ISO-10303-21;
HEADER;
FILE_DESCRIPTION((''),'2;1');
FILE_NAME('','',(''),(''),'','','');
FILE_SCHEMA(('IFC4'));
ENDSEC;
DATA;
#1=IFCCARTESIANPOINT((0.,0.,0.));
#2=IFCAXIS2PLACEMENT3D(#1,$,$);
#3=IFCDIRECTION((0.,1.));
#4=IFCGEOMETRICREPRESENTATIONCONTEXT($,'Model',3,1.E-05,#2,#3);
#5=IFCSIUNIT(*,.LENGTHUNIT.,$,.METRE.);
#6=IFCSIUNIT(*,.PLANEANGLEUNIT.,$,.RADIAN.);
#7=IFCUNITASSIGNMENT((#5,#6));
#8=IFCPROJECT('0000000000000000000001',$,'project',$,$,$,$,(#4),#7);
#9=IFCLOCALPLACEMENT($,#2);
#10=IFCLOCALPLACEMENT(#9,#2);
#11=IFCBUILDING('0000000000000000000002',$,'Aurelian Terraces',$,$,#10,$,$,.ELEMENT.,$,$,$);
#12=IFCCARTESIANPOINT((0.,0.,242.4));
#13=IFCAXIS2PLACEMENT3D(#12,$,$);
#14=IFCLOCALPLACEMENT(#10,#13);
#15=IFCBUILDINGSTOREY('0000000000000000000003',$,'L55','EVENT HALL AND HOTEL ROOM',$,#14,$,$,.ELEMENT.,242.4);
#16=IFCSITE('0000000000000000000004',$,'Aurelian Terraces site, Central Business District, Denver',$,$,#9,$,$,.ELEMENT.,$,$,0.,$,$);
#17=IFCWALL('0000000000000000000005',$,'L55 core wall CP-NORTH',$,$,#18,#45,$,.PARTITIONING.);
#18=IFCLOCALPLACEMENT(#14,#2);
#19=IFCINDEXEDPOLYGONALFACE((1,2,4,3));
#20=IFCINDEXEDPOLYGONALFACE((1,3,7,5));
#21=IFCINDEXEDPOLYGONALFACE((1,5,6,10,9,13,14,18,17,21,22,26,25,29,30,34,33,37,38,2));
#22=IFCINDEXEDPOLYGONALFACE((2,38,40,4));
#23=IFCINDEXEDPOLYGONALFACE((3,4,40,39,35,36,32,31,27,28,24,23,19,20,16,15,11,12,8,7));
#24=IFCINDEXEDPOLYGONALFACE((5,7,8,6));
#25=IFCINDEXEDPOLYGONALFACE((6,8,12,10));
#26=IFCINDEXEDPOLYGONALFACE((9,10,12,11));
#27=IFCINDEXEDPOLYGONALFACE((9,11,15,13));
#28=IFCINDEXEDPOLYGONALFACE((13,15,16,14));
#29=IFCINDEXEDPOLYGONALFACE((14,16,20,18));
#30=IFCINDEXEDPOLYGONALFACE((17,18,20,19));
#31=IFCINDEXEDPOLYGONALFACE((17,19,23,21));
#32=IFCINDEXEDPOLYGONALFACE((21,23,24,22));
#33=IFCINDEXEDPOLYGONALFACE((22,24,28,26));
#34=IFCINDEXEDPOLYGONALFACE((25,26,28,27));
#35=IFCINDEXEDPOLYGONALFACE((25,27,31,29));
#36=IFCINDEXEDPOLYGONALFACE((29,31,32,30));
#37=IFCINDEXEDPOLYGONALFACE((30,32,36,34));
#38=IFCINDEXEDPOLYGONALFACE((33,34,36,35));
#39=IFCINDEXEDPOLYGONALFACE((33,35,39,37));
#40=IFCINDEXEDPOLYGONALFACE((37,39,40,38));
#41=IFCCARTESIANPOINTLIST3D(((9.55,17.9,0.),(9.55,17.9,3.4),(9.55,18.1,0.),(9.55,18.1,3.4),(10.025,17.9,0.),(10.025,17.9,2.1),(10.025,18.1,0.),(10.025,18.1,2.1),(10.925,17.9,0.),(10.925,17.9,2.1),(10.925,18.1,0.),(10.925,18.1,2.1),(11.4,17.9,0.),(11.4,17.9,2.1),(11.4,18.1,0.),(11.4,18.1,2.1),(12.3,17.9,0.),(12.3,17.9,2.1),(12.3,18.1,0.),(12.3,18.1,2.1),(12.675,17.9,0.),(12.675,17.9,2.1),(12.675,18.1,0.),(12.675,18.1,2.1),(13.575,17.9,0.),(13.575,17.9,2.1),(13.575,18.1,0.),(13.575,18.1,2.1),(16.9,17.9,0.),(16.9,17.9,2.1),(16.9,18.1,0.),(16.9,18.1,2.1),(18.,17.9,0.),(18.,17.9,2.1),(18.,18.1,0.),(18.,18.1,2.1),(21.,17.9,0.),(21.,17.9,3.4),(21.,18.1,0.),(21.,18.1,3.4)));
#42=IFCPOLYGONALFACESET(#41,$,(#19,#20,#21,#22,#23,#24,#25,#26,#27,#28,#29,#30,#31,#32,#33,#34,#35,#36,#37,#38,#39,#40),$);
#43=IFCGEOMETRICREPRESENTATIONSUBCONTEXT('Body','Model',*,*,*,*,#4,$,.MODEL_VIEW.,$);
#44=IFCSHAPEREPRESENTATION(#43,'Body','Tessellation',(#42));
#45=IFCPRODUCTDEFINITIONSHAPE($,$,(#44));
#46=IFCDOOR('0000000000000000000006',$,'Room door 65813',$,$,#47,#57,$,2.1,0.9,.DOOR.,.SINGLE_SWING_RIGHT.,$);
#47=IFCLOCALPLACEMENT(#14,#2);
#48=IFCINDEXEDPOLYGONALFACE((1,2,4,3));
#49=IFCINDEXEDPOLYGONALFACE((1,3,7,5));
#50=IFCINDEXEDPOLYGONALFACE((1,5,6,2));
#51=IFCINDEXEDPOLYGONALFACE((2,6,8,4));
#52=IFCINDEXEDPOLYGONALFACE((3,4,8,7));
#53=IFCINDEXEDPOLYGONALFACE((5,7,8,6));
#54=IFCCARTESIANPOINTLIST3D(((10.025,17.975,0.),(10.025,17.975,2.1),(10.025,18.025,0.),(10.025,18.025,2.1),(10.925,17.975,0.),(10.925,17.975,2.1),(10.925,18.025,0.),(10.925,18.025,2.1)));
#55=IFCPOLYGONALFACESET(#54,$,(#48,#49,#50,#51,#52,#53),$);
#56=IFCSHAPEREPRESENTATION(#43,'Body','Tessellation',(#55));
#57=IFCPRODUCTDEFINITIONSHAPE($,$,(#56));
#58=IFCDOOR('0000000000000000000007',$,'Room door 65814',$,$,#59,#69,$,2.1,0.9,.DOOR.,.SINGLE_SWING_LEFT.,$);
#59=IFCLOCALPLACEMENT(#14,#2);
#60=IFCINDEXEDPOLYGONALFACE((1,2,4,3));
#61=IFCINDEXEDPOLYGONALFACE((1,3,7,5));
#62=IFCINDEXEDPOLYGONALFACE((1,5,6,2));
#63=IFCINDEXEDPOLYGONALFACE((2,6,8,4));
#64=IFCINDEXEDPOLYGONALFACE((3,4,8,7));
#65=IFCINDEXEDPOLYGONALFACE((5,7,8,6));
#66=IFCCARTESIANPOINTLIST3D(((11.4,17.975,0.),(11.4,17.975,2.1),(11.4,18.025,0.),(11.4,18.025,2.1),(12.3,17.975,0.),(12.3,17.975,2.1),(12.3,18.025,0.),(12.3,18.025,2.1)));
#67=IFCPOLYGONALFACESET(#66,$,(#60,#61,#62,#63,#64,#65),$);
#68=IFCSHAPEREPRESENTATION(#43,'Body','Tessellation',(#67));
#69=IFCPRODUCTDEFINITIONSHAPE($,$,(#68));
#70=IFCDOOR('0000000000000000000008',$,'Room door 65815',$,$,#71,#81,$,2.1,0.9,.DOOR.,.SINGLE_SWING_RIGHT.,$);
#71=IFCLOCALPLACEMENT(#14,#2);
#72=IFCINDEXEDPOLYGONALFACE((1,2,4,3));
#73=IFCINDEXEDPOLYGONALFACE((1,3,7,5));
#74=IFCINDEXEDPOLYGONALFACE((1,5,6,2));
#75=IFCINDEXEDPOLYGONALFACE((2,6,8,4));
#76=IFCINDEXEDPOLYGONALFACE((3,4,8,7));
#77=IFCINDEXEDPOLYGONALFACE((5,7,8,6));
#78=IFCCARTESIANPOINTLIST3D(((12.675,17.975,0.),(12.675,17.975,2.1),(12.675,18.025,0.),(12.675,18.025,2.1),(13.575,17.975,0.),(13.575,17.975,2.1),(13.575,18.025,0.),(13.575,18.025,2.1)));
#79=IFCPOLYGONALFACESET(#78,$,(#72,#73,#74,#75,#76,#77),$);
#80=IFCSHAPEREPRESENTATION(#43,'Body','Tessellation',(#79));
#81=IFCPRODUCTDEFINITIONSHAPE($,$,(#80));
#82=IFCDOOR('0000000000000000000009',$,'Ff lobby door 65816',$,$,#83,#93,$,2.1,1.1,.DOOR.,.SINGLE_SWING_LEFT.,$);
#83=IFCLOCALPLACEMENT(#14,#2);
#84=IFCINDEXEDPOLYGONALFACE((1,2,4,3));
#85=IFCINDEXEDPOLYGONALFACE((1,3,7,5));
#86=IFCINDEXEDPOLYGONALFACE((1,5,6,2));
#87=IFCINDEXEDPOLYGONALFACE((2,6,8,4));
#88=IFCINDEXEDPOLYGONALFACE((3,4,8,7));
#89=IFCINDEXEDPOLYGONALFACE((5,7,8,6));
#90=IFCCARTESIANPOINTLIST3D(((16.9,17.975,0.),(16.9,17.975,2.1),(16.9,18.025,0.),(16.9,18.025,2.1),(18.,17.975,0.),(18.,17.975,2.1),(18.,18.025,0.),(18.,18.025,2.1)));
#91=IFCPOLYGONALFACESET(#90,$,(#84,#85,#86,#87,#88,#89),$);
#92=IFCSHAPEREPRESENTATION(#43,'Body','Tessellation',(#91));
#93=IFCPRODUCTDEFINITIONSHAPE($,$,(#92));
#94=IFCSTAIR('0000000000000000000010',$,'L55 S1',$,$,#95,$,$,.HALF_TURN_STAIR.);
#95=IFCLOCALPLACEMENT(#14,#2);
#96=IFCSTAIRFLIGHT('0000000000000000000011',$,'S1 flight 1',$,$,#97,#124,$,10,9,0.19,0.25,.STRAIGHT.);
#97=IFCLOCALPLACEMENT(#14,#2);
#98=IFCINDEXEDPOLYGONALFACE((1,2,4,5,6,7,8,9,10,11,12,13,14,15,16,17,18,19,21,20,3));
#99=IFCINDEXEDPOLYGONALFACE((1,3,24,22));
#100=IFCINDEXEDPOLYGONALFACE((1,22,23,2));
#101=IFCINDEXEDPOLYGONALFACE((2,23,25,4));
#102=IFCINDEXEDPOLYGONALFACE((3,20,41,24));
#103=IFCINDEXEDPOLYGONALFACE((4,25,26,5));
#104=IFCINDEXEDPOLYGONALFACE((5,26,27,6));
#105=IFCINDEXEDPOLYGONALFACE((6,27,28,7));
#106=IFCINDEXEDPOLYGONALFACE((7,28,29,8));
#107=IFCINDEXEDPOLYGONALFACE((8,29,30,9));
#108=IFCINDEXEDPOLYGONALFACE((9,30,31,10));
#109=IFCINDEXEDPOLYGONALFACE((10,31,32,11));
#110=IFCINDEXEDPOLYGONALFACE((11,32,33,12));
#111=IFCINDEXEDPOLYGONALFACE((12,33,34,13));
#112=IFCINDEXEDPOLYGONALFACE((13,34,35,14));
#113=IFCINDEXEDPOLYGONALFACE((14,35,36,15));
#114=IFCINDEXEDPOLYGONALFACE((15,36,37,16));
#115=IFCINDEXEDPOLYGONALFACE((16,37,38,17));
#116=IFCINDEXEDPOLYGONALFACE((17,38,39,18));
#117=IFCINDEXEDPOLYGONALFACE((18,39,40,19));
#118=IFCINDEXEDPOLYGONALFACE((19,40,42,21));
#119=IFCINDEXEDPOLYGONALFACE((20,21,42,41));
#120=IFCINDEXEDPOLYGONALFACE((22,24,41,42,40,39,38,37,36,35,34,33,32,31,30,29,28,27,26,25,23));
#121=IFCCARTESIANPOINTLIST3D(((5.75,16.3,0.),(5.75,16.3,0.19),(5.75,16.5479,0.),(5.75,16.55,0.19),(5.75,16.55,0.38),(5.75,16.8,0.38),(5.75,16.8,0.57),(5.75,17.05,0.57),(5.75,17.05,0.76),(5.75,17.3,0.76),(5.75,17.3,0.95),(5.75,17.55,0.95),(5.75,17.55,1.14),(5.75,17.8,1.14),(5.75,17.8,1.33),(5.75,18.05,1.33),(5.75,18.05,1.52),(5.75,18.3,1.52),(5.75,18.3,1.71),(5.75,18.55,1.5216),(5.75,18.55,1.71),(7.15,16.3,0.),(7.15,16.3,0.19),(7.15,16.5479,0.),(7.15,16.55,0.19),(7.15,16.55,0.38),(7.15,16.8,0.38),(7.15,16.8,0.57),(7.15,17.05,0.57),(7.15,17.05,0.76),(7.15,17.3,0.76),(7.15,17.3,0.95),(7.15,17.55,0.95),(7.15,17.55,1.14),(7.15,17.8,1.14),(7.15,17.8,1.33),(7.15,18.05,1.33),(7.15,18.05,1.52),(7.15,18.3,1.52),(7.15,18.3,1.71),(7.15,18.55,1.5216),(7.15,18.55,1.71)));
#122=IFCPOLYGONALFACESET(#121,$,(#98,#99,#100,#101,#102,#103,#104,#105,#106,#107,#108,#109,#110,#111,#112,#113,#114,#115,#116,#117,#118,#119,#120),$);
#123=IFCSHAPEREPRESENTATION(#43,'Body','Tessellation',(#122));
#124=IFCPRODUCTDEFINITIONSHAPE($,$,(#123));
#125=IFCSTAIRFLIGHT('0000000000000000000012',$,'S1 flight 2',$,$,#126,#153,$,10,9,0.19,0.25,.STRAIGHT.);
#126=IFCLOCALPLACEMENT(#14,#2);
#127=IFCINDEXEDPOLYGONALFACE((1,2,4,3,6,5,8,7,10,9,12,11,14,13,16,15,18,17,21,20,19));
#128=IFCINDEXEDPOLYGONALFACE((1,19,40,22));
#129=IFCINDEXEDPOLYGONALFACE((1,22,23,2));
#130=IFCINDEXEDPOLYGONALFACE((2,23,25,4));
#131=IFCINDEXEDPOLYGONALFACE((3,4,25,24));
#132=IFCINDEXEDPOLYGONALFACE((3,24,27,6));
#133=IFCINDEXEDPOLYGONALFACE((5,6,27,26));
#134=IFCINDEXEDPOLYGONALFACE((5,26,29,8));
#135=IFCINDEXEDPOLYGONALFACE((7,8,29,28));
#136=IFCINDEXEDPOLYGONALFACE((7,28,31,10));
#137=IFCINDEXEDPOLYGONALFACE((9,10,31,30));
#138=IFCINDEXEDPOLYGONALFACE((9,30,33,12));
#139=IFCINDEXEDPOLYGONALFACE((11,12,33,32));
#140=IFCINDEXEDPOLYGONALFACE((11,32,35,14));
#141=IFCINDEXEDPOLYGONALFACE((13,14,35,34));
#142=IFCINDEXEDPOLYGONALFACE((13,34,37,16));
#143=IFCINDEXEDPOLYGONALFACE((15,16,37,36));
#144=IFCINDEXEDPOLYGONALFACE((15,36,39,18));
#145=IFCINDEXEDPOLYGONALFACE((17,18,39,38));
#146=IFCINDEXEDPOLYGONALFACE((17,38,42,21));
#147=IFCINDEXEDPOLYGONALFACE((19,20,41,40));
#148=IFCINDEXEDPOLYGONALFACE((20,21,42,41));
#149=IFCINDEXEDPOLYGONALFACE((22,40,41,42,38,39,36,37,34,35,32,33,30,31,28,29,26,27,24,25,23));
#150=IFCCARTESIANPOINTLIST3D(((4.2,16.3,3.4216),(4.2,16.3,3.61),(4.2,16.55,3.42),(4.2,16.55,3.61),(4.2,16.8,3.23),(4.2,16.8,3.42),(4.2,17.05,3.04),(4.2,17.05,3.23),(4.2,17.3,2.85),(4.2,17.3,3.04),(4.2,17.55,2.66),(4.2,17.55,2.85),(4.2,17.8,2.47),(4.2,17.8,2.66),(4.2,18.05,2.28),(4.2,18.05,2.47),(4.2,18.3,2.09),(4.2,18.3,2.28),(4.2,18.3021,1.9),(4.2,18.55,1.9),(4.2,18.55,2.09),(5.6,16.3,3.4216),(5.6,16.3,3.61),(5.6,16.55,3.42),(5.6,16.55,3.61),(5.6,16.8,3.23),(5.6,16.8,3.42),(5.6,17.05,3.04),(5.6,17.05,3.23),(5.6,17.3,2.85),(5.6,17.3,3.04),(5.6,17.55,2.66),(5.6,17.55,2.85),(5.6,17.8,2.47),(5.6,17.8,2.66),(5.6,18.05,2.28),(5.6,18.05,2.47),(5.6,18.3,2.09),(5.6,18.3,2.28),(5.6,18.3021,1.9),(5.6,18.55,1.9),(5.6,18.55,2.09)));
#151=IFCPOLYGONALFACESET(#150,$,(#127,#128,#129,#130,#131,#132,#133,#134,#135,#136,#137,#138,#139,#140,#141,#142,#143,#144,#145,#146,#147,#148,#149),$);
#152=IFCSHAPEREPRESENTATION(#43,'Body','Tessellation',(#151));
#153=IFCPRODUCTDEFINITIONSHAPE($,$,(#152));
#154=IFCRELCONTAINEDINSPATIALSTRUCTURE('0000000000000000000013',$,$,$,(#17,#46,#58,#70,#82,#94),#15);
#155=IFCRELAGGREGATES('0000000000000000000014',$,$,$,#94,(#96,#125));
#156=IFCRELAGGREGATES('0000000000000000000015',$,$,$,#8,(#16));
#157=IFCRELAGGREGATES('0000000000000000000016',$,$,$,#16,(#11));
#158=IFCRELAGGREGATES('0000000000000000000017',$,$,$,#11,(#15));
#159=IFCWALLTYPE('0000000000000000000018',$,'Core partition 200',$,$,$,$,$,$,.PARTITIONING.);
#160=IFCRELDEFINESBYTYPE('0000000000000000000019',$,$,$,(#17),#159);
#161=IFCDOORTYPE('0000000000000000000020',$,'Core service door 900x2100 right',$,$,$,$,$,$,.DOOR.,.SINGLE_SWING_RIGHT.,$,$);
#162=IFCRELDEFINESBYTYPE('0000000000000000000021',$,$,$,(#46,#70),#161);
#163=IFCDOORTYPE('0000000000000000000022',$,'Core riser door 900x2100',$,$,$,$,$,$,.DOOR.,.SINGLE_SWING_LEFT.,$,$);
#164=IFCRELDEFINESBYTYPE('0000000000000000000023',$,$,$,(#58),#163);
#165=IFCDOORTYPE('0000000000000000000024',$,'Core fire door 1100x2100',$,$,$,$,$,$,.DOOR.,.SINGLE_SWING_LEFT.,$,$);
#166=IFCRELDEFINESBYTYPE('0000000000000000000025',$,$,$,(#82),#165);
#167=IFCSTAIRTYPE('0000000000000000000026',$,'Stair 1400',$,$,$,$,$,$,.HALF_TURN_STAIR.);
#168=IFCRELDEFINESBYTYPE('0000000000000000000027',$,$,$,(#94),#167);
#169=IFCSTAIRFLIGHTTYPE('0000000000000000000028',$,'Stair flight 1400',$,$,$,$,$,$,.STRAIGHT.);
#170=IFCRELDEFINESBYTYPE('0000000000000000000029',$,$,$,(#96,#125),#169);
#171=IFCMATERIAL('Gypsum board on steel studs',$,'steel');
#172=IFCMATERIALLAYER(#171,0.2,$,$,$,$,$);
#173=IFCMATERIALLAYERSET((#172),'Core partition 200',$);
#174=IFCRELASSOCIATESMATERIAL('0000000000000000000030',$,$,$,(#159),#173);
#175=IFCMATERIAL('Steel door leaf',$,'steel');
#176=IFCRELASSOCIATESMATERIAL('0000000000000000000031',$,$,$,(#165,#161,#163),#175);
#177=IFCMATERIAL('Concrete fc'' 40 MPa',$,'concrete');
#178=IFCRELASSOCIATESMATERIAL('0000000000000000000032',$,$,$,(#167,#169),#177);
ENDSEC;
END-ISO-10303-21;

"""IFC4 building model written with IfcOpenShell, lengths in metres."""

from ifc_helpers import new_model, si_unit, direction, frame, frame_2d, origin, place, context, subcontext, project, spatial, polyline, rectangle, outline, extrude, source, transform, mapped, material, layer, layer_set, type_object, element, fill, aggregate, save


model = new_model("IFC4")

# Units and contexts
model_context = context("Model", 3, precision=1e-05, world=origin(), true_north=direction((0.0, 1.0)))
body_context = subcontext(model_context, "Body", "Model", "MODEL_VIEW")
ifc_project = project(units=[si_unit("LENGTHUNIT", "METRE"), si_unit("PLANEANGLEUNIT", "RADIAN")], contexts=[model_context])

# Site, building, storey
site_placement = place(None, origin())
site = spatial("IfcSite", under=ifc_project, at=site_placement, Name="Aurelian Terraces site, Central Business District, Denver", CompositionType="ELEMENT", RefElevation=0.0)
building_placement = place(site_placement, origin())
building = spatial("IfcBuilding", under=site, at=building_placement, Name="Aurelian Terraces", CompositionType="ELEMENT")
storey_placement = place(building_placement, frame((0.0, 0.0, 242.4)))
storey = spatial("IfcBuildingStorey", under=building, at=storey_placement, Name="L55", Description="EVENT HALL AND HOTEL ROOM", CompositionType="ELEMENT", Elevation=242.4)

# Shared definitions
ifc_material_1 = material(Name="Concrete fc' 40 MPa", Category="concrete")
shared_shape_1 = source(origin(), body_context, "Body", "SweptSolid", [
    extrude(rectangle(XDim=1.1, YDim=2.1, at=frame_2d((0.55, 1.05))), frame((0.0, 0.11, 0.0), z_axis=(0.0, -1.0, 0.0), x_axis=(1.0, 0.0, 0.0)), (0.0, 0.0, 1.0), 0.22),
])
shared_shape_2 = source(origin(), body_context, "Body", "SweptSolid", [
    extrude(rectangle(XDim=1.1, YDim=2.1, at=frame_2d((0.55, 1.05))), frame((0.0, 0.025, 0.0), z_axis=(0.0, -1.0, 0.0), x_axis=(1.0, 0.0, 0.0)), (0.0, 0.0, 1.0), 0.05),
])

# Shared definitions
ifc_material_2 = material(Name="Gypsum board on steel studs", Category="steel")
ifc_layer_1 = layer(ifc_material_2, 0.2)
ifc_layer_set_1 = layer_set([ifc_layer_1], Name="Core partition 200")
wall_type_1 = type_object("IfcWallType", Name="Core partition 200", PredefinedType="PARTITIONING", material=ifc_layer_set_1)

# Shared definitions
ifc_material_3 = material(Name="Steel door leaf", Category="steel")
door_type_1 = type_object("IfcDoorType", Name="Core fire door 1100x2100", OperationType="SINGLE_SWING_LEFT", PredefinedType="DOOR", material=ifc_material_3)

# Wall, openings, doors
shared_shape_3 = source(origin(), body_context, "Body", "SweptSolid", [
    extrude(rectangle(XDim=11.45, YDim=0.2, at=frame_2d((5.725, 0.0))), origin(), (0.0, 0.0, 1.0), 3.4),
])
wall_1_placement = place(storey_placement, frame((9.55, 18.0, 0.0), z_axis=(0.0, 0.0, 1.0), x_axis=(1.0, 0.0, 0.0)))
wall_1 = element("IfcWall", 1, at=wall_1_placement, inside=storey, type_object=wall_type_1, Name="L55 core wall CP-NORTH", PredefinedType="PARTITIONING", context=body_context, shape_type="MappedRepresentation", body=[
    mapped(shared_shape_3, transform((0.0, 0.0, 0.0), scale=1.0)),
])
shared_shape_4 = source(origin(), body_context, "Body", "SweptSolid", [
    extrude(rectangle(XDim=0.9, YDim=2.1, at=frame_2d((0.45, 1.05))), frame((0.0, 0.11, 0.0), z_axis=(0.0, -1.0, 0.0), x_axis=(1.0, 0.0, 0.0)), (0.0, 0.0, 1.0), 0.22),
])
opening_1_placement = place(wall_1_placement, frame((0.475, 0.0, 0.0)))
opening_1 = element("IfcOpeningElement", 2, at=opening_1_placement, cuts=wall_1, PredefinedType="OPENING", context=body_context, shape_type="MappedRepresentation", body=[
    mapped(shared_shape_4, transform((0.0, 0.0, 0.0), scale=1.0)),
])
opening_2_placement = place(wall_1_placement, frame((1.85, 0.0, 0.0)))
opening_2 = element("IfcOpeningElement", 3, at=opening_2_placement, cuts=wall_1, PredefinedType="OPENING", context=body_context, shape_type="MappedRepresentation", body=[
    mapped(shared_shape_4, transform((0.0, 0.0, 0.0), scale=1.0)),
])
opening_3_placement = place(wall_1_placement, frame((3.125, 0.0, 0.0)))
opening_3 = element("IfcOpeningElement", 4, at=opening_3_placement, cuts=wall_1, PredefinedType="OPENING", context=body_context, shape_type="MappedRepresentation", body=[
    mapped(shared_shape_4, transform((0.0, 0.0, 0.0), scale=1.0)),
])
opening_4_placement = place(wall_1_placement, frame((7.35, 0.0, 0.0)))
opening_4 = element("IfcOpeningElement", 5, at=opening_4_placement, cuts=wall_1, PredefinedType="OPENING", context=body_context, shape_type="MappedRepresentation", body=[
    mapped(shared_shape_1, transform((0.0, 0.0, 0.0), scale=1.0)),
])
door_type_2 = type_object("IfcDoorType", Name="Core service door 900x2100 right", OperationType="SINGLE_SWING_RIGHT", PredefinedType="DOOR", material=ifc_material_3)
shared_shape_5 = source(origin(), body_context, "Body", "SweptSolid", [
    extrude(rectangle(XDim=0.9, YDim=2.1, at=frame_2d((0.45, 1.05))), frame((0.0, 0.025, 0.0), z_axis=(0.0, -1.0, 0.0), x_axis=(1.0, 0.0, 0.0)), (0.0, 0.0, 1.0), 0.05),
])
door_1_placement = place(opening_1_placement, origin())
door_1 = element("IfcDoor", 6, at=door_1_placement, inside=storey, type_object=door_type_2, Name="Room door 65813", OperationType="SINGLE_SWING_RIGHT", OverallHeight=2.1, OverallWidth=0.9, PredefinedType="DOOR", context=body_context, shape_type="MappedRepresentation", body=[
    mapped(shared_shape_5, transform((0.0, 0.0, 0.0), scale=1.0)),
])
fill(opening_1, door_1)
door_type_3 = type_object("IfcDoorType", Name="Core riser door 900x2100", OperationType="SINGLE_SWING_LEFT", PredefinedType="DOOR", material=ifc_material_3)
door_2_placement = place(opening_2_placement, origin())
door_2 = element("IfcDoor", 7, at=door_2_placement, inside=storey, type_object=door_type_3, Name="Room door 65814", OperationType="SINGLE_SWING_LEFT", OverallHeight=2.1, OverallWidth=0.9, PredefinedType="DOOR", context=body_context, shape_type="MappedRepresentation", body=[
    mapped(shared_shape_5, transform((0.0, 0.0, 0.0), scale=1.0)),
])
fill(opening_2, door_2)
door_3_placement = place(opening_3_placement, origin())
door_3 = element("IfcDoor", 8, at=door_3_placement, inside=storey, type_object=door_type_2, Name="Room door 65815", OperationType="SINGLE_SWING_RIGHT", OverallHeight=2.1, OverallWidth=0.9, PredefinedType="DOOR", context=body_context, shape_type="MappedRepresentation", body=[
    mapped(shared_shape_5, transform((0.0, 0.0, 0.0), scale=1.0)),
])
fill(opening_3, door_3)
door_4_placement = place(opening_4_placement, origin())
door_4 = element("IfcDoor", 9, at=door_4_placement, inside=storey, type_object=door_type_1, Name="Ff lobby door 65816", OperationType="SINGLE_SWING_LEFT", OverallHeight=2.1, OverallWidth=1.1, PredefinedType="DOOR", context=body_context, shape_type="MappedRepresentation", body=[
    mapped(shared_shape_2, transform((0.0, 0.0, 0.0), scale=1.0)),
])
fill(opening_4, door_4)

# Stair, stair flights
stair_type = type_object("IfcStairType", Name="Stair 1400", PredefinedType="HALF_TURN_STAIR", material=ifc_material_1)
stair_placement = place(storey_placement, origin())
stair = element("IfcStair", 10, at=stair_placement, inside=storey, type_object=stair_type, Name="L55 S1", PredefinedType="HALF_TURN_STAIR")
stair_flight_type = type_object("IfcStairFlightType", Name="Stair flight 1400", PredefinedType="STRAIGHT", material=ifc_material_1)
shared_shape_6 = source(origin(), body_context, "Body", "SweptSolid", [
    extrude(outline(polyline([(0.0, 0.0), (0.0, 0.19), (0.25, 0.19), (0.25, 0.38), (0.5, 0.38), (0.5, 0.57), (0.75, 0.57), (0.75, 0.76), (1.0, 0.76), (1.0, 0.95), (1.25, 0.95), (1.25, 1.14), (1.5, 1.14), (1.5, 1.33), (1.75, 1.33), (1.75, 1.52), (2.0, 1.52), (2.0, 1.71), (2.25, 1.71), (2.25, 1.9), (2.25, 1.5216), (0.2479, 0.0), (0.0, 0.0)])), frame((0.0, 0.7, 0.0), z_axis=(0.0, -1.0, 0.0), x_axis=(1.0, 0.0, 0.0)), (0.0, 0.0, 1.0), 1.4),
])
stair_flight_1_placement = place(storey_placement, frame((6.45, 16.3, 0.0), z_axis=(0.0, 0.0, 1.0), x_axis=(0.0, 1.0, 0.0)))
stair_flight_1 = element("IfcStairFlight", 11, at=stair_flight_1_placement, type_object=stair_flight_type, Name="S1 flight 1", NumberOfRisers=10, NumberOfTreads=9, PredefinedType="STRAIGHT", RiserHeight=0.19, TreadLength=0.25, context=body_context, shape_type="MappedRepresentation", body=[
    mapped(shared_shape_6, transform((0.0, 0.0, 0.0), scale=1.0)),
])
stair_flight_2_placement = place(storey_placement, frame((4.9, 18.55, 1.9), z_axis=(0.0, 0.0, 1.0), x_axis=(0.0, -1.0, 0.0)))
stair_flight_2 = element("IfcStairFlight", 12, at=stair_flight_2_placement, type_object=stair_flight_type, Name="S1 flight 2", NumberOfRisers=10, NumberOfTreads=9, PredefinedType="STRAIGHT", RiserHeight=0.19, TreadLength=0.25, context=body_context, shape_type="MappedRepresentation", body=[
    mapped(shared_shape_6, transform((0.0, 0.0, 0.0), scale=1.0)),
])
aggregate(stair, [stair_flight_1, stair_flight_2])

save(model, "model.ifc")
